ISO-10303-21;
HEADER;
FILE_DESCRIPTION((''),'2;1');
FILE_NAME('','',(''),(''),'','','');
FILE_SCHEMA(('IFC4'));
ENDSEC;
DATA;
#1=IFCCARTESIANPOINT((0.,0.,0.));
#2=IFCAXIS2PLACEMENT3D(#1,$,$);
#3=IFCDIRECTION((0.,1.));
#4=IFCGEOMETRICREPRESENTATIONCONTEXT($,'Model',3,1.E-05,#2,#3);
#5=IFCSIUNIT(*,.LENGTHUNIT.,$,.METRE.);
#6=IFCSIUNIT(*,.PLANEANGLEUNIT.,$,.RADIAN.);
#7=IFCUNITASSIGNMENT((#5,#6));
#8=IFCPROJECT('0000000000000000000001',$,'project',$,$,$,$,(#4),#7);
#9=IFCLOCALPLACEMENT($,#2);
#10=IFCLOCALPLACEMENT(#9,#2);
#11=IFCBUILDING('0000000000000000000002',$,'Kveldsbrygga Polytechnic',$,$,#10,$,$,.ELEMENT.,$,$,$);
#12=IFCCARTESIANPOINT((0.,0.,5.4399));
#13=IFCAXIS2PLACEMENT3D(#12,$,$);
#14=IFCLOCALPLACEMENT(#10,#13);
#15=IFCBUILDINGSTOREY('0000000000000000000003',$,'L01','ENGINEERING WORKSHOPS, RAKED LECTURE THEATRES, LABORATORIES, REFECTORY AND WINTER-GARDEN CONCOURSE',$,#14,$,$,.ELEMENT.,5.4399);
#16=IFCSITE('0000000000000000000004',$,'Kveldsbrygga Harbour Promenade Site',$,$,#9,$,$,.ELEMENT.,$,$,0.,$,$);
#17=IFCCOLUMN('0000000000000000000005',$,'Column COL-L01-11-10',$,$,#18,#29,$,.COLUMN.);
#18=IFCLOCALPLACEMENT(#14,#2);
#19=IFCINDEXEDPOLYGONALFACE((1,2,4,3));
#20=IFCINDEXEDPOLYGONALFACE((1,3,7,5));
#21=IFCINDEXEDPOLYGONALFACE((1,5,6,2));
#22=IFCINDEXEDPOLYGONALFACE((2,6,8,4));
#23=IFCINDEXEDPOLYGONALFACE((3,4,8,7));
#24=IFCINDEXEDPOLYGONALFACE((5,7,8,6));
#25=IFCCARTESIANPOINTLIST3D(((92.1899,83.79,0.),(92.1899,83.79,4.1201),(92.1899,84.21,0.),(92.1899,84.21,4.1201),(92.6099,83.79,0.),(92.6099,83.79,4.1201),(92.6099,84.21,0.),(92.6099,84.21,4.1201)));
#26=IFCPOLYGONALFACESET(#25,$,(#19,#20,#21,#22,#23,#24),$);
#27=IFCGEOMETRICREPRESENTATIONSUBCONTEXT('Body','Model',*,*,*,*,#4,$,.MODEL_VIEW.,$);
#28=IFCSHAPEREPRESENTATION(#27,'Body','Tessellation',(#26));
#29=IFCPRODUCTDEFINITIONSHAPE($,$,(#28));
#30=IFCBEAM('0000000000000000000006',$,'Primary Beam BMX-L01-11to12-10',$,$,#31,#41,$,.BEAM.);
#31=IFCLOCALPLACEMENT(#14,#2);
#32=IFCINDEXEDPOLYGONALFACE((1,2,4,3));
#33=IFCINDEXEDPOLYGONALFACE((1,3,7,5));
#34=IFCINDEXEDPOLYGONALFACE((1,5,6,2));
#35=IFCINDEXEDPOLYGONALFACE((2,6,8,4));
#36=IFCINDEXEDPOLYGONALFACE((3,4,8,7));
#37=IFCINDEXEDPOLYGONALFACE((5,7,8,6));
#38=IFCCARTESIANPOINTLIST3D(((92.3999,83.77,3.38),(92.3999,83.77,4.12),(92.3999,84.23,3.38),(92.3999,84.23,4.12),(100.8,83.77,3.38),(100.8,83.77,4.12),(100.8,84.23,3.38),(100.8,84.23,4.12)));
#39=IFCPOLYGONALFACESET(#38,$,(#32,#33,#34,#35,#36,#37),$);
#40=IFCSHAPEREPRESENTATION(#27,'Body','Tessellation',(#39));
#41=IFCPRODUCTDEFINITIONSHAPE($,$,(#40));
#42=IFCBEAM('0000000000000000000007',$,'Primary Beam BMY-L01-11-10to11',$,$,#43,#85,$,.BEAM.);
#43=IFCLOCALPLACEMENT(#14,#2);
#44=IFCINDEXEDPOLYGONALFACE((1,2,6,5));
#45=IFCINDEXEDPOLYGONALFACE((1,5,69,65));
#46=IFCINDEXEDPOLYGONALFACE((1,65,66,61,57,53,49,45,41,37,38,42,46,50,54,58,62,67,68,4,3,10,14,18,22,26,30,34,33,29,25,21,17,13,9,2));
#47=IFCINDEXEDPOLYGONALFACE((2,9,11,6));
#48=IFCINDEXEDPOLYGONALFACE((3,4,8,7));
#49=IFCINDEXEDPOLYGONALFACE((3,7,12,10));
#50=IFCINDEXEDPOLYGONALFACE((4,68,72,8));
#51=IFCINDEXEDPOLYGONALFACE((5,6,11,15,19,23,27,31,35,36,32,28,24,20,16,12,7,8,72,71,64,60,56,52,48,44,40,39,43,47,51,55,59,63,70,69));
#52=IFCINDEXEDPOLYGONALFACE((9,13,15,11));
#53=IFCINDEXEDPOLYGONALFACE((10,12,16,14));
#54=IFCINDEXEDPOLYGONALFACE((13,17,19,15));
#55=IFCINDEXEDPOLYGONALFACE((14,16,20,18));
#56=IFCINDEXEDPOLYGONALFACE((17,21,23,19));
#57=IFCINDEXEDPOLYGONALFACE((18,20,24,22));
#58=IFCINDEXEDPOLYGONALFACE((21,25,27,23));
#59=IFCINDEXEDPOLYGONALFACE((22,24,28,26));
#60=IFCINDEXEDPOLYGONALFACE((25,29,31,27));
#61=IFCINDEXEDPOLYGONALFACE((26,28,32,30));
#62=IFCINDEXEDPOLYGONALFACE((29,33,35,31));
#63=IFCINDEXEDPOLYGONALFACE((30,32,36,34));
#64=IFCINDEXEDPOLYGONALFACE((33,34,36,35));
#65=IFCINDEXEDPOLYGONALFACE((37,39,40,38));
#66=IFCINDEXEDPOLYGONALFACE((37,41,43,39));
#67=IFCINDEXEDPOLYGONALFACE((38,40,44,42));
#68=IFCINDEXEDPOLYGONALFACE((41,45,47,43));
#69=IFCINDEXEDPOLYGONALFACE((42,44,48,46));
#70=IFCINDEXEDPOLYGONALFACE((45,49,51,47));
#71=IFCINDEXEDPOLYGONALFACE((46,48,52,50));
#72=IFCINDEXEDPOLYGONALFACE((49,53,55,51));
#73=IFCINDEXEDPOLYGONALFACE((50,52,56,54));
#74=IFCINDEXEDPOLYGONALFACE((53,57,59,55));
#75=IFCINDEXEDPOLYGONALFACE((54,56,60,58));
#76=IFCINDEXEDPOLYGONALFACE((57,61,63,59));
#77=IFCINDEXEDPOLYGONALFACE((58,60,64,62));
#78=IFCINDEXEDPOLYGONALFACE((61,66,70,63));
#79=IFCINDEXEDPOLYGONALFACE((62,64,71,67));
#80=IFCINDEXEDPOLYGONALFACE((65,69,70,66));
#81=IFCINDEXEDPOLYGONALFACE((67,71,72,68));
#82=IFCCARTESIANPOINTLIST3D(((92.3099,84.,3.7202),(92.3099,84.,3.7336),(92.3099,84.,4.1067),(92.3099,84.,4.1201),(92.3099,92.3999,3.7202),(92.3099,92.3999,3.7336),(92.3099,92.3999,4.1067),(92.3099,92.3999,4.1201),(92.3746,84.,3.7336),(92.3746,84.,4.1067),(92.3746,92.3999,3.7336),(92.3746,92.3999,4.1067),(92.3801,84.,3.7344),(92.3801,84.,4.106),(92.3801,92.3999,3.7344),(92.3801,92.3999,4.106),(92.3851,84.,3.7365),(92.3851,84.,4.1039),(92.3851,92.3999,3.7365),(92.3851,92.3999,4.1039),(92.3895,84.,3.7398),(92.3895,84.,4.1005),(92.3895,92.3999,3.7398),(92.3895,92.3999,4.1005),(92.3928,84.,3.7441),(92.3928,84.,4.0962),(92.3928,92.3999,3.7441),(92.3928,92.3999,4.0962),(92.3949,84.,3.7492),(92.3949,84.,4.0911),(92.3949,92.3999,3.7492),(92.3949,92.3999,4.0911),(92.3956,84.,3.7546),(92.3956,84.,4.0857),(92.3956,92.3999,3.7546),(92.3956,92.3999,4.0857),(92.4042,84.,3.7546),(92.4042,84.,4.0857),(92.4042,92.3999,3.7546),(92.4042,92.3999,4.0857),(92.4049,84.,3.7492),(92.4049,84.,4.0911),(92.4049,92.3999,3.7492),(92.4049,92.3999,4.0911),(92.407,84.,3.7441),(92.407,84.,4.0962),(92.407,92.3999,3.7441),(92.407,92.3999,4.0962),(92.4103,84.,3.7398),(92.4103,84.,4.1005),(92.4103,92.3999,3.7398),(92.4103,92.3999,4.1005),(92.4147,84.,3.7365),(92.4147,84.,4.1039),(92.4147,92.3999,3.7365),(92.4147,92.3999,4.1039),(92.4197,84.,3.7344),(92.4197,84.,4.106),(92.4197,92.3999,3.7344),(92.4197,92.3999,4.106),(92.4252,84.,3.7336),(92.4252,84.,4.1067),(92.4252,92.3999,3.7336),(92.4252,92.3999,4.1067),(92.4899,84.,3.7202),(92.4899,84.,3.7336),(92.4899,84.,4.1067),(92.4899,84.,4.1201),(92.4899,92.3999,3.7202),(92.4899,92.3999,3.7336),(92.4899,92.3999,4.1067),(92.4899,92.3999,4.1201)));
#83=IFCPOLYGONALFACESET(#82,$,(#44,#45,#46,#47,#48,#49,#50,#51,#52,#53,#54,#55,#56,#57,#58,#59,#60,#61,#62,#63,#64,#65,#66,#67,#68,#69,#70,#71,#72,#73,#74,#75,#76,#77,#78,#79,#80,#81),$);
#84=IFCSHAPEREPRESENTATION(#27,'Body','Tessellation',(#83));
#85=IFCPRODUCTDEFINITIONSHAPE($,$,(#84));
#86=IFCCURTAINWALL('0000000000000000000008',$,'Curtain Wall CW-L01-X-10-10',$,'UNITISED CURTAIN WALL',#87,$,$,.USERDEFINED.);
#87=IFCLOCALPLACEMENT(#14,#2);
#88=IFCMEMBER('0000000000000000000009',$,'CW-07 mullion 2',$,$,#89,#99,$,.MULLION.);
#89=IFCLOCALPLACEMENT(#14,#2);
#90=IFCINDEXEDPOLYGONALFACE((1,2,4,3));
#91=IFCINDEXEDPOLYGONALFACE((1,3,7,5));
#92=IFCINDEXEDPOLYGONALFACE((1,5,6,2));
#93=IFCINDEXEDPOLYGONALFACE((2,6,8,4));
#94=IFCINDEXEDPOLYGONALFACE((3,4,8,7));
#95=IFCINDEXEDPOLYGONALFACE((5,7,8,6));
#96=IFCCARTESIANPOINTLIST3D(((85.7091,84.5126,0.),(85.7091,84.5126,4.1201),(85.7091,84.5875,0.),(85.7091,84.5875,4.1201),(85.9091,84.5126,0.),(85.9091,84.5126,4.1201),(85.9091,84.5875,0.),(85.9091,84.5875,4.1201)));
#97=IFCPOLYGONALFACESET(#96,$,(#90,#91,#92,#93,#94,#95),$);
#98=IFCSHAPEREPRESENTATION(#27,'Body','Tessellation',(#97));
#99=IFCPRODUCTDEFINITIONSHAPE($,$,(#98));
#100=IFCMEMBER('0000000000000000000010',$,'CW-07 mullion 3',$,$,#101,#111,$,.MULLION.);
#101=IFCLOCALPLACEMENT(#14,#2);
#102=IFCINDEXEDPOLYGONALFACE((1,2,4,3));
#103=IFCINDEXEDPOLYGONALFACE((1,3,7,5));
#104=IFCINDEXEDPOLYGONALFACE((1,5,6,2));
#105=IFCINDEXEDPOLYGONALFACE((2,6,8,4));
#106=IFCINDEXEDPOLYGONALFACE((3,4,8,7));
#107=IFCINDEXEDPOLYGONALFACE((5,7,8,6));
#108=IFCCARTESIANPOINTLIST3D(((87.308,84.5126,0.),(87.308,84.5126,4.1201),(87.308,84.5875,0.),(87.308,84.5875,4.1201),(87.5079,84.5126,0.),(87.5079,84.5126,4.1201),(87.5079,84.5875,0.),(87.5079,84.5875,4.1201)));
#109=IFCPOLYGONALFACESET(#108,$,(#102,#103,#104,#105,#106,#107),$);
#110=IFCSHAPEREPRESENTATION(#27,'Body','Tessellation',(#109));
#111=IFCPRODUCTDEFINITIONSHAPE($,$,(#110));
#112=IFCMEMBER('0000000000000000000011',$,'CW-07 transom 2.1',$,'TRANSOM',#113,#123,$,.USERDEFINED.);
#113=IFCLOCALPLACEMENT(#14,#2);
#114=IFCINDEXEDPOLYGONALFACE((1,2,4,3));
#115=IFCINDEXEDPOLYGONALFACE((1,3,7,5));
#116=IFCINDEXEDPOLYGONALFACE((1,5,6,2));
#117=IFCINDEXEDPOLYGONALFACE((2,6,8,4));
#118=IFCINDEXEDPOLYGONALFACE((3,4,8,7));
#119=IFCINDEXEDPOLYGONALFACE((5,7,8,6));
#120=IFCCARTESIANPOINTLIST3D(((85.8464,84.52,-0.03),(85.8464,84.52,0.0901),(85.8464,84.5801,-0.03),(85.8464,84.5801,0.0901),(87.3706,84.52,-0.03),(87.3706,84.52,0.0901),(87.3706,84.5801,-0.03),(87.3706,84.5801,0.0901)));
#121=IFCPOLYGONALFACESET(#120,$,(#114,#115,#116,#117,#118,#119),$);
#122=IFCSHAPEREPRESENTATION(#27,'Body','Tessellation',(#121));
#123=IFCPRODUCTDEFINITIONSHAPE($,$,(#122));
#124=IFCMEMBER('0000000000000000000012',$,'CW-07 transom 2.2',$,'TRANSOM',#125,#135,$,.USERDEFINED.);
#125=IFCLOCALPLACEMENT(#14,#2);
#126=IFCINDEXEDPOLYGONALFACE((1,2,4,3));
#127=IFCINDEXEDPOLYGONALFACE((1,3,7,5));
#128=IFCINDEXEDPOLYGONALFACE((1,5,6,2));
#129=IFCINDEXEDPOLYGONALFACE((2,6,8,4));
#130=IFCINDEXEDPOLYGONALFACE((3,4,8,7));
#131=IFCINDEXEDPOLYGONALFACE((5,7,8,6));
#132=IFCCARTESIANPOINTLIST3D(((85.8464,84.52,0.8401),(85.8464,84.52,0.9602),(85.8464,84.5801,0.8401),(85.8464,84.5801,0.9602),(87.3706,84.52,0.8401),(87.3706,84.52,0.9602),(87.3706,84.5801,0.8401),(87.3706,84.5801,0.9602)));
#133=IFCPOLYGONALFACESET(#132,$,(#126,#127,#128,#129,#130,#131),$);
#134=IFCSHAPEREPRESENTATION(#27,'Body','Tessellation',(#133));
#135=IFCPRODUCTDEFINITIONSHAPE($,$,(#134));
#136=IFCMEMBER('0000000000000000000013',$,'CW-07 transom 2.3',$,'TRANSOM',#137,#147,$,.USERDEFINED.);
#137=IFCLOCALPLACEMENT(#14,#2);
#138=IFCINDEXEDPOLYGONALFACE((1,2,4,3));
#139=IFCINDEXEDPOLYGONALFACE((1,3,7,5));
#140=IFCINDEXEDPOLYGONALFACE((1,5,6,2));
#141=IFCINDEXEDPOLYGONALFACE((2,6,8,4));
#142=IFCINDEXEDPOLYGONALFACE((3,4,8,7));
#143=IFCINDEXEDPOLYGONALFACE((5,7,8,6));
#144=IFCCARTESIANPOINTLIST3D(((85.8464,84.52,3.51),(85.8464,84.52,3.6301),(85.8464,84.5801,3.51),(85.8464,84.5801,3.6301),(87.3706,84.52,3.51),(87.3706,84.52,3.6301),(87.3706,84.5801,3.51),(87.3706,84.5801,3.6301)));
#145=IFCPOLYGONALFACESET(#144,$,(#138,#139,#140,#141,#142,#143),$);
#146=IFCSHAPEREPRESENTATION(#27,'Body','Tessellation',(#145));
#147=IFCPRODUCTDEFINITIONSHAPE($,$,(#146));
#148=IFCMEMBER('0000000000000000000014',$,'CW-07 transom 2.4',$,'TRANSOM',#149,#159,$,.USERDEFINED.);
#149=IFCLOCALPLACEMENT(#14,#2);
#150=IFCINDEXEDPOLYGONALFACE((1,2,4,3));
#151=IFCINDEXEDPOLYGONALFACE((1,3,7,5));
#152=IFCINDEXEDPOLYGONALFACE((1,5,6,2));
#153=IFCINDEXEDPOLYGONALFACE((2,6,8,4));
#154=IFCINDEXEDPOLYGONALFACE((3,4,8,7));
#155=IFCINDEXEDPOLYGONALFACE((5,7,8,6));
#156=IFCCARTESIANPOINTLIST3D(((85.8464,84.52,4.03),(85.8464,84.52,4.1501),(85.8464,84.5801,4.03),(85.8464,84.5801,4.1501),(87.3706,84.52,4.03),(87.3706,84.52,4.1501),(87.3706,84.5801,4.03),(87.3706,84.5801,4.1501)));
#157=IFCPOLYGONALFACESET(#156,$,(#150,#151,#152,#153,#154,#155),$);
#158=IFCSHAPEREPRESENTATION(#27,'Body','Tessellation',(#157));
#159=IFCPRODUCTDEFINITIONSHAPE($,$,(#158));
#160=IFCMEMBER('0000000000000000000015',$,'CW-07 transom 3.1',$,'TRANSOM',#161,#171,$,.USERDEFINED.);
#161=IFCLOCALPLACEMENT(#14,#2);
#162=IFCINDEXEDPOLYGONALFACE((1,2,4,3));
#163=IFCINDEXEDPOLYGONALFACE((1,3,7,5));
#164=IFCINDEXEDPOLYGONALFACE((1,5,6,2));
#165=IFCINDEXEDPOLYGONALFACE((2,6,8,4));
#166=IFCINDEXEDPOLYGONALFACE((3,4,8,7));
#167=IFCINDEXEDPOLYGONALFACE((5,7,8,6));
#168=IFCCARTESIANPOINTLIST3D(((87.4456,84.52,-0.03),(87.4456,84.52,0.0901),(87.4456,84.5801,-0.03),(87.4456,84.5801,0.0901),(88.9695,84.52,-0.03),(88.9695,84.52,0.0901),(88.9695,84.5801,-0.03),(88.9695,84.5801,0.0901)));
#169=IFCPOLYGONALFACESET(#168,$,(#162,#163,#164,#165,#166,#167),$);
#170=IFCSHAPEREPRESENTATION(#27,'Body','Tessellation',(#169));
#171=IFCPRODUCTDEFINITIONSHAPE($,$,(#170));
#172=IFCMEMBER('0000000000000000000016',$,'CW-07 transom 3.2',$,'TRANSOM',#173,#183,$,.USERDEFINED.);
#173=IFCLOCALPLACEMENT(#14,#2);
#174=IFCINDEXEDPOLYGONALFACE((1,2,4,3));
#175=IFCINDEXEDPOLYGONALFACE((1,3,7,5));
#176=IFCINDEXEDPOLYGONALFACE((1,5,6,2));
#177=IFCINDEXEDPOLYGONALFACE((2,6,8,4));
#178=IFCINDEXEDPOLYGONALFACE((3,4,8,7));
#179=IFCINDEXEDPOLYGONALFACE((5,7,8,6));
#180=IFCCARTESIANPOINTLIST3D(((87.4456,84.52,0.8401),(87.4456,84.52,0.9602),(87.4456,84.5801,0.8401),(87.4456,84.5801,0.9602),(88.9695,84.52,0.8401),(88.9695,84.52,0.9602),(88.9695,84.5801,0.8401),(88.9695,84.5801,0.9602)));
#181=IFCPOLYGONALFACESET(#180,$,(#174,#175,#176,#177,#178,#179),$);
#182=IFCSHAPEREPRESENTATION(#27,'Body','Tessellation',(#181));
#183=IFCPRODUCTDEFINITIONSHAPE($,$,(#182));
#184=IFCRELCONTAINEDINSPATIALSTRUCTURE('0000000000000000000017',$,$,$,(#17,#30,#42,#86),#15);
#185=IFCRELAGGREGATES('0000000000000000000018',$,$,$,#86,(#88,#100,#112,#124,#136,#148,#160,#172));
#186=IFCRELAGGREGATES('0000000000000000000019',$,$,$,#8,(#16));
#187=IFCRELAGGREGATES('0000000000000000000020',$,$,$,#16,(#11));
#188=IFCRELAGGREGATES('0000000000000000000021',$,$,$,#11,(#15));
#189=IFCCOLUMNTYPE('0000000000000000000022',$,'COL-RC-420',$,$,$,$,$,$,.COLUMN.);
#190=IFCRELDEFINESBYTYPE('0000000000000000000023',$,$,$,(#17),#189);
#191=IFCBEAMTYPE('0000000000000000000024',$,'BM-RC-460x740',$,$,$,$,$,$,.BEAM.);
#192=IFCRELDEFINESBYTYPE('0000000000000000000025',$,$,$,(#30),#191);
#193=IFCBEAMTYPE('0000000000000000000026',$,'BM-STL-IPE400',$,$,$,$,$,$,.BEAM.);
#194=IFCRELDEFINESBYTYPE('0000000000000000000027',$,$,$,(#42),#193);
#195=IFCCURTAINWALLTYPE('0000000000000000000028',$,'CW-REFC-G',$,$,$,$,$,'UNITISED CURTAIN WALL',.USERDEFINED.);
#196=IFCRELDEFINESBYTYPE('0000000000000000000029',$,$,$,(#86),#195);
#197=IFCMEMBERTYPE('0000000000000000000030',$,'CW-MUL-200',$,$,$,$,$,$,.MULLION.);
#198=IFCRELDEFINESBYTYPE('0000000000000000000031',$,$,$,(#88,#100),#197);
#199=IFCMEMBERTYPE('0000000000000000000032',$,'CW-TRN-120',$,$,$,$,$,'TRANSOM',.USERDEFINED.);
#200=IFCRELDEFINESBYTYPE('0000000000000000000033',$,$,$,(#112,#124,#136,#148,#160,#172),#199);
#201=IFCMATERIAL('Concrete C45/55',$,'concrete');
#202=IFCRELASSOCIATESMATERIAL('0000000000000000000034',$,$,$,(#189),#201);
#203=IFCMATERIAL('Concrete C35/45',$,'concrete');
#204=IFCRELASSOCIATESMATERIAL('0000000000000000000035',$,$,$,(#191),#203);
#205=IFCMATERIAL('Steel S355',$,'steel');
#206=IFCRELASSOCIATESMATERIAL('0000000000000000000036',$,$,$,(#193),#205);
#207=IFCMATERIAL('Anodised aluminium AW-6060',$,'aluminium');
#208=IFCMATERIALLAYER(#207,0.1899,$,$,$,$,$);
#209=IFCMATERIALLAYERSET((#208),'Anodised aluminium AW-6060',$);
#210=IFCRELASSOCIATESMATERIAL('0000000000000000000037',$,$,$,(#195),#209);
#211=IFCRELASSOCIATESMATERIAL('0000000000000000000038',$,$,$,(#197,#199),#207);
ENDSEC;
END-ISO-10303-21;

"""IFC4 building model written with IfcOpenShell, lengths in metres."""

from ifc_helpers import new_model, si_unit, direction, frame, origin, origin_2d, place, context, subcontext, project, spatial, rectangle, i_section, extrude, material, layer, layer_set, material_profile, profile_set, type_object, element, aggregate, save


model = new_model("IFC4")

# Units and contexts
model_context = context("Model", 3, precision=1e-05, world=origin(), true_north=direction((0.0, 1.0)))
body_context = subcontext(model_context, "Body", "Model", "MODEL_VIEW")
ifc_project = project(units=[si_unit("LENGTHUNIT", "METRE"), si_unit("PLANEANGLEUNIT", "RADIAN")], contexts=[model_context])

# Site, building, storey
site_placement = place(None, origin())
site = spatial("IfcSite", under=ifc_project, at=site_placement, Name="Kveldsbrygga Harbour Promenade Site", CompositionType="ELEMENT", RefElevation=0.0)
building_placement = place(site_placement, origin())
building = spatial("IfcBuilding", under=site, at=building_placement, Name="Kveldsbrygga Polytechnic", CompositionType="ELEMENT")
storey_placement = place(building_placement, frame((0.0, 0.0, 5.4399)))
storey = spatial("IfcBuildingStorey", under=building, at=storey_placement, Name="L01", Description="ENGINEERING WORKSHOPS, RAKED LECTURE THEATRES, LABORATORIES, REFECTORY AND WINTER-GARDEN CONCOURSE", CompositionType="ELEMENT", Elevation=5.4399)

# Column
ifc_material_1 = material(Name="Concrete C45/55", Category="concrete")
ifc_material_profile_1 = material_profile(ifc_material_1, rectangle(XDim=0.4199, YDim=0.4199, at=origin_2d()), Name="RC 420x420")
ifc_profile_set_1 = profile_set([ifc_material_profile_1], Name="Concrete C45/55")
column_type = type_object("IfcColumnType", Name="COL-RC-420", PredefinedType="COLUMN", material=ifc_profile_set_1)
column_placement = place(storey_placement, frame((92.3999, 84.0, 0.0), z_axis=(0.0, 0.0, 1.0), x_axis=(1.0, 0.0, 0.0)))
element("IfcColumn", 1, at=column_placement, inside=storey, type_object=column_type, Name="Column COL-L01-11-10", PredefinedType="COLUMN", context=body_context, shape_type="SweptSolid", body=[
    extrude(rectangle(XDim=0.4199, YDim=0.4199, at=origin_2d()), origin(), (0.0, 0.0, 1.0), 4.1201),
])

# Beams
ifc_material_2 = material(Name="Concrete C35/45", Category="concrete")
ifc_material_profile_2 = material_profile(ifc_material_2, rectangle(XDim=0.46, YDim=0.74, at=origin_2d()), Name="RC 460x740")
ifc_profile_set_2 = profile_set([ifc_material_profile_2], Name="Concrete C35/45")
beam_type_1 = type_object("IfcBeamType", Name="BM-RC-460x740", PredefinedType="BEAM", material=ifc_profile_set_2)
beam_1_placement = place(storey_placement, frame((92.3999, 84.0, 3.75), z_axis=(1.0, 0.0, 0.0), x_axis=(0.0, 1.0, 0.0)))
element("IfcBeam", 2, at=beam_1_placement, inside=storey, type_object=beam_type_1, Name="Primary Beam BMX-L01-11to12-10", PredefinedType="BEAM", context=body_context, shape_type="SweptSolid", body=[
    extrude(rectangle(XDim=0.46, YDim=0.74, at=origin_2d()), origin(), (0.0, 0.0, 1.0), 8.4001),
])
ifc_material_3 = material(Name="Steel S355", Category="steel")
ifc_material_profile_3 = material_profile(ifc_material_3, i_section(OverallWidth=0.1799, OverallDepth=0.3999, WebThickness=0.0085, FlangeThickness=0.0134, FilletRadius=0.021, at=origin_2d()), Name="IPE 400")
ifc_profile_set_3 = profile_set([ifc_material_profile_3], Name="Steel S355")
beam_type_2 = type_object("IfcBeamType", Name="BM-STL-IPE400", PredefinedType="BEAM", material=ifc_profile_set_3)
beam_2_placement = place(storey_placement, frame((92.3999, 84.0, 3.9202), z_axis=(0.0, 1.0, 0.0), x_axis=(-1.0, 0.0, 0.0)))
element("IfcBeam", 3, at=beam_2_placement, inside=storey, type_object=beam_type_2, Name="Primary Beam BMY-L01-11-10to11", PredefinedType="BEAM", context=body_context, shape_type="SweptSolid", body=[
    extrude(i_section(OverallWidth=0.1799, OverallDepth=0.3999, WebThickness=0.0085, FlangeThickness=0.0134, FilletRadius=0.021, at=origin_2d()), origin(), (0.0, 0.0, 1.0), 8.3999),
])

# Curtain wall, members
ifc_material_4 = material(Name="Anodised aluminium AW-6060", Category="aluminium")
ifc_layer_1 = layer(ifc_material_4, 0.1899)
ifc_layer_set_1 = layer_set([ifc_layer_1], Name="Anodised aluminium AW-6060")
curtain_wall_type = type_object("IfcCurtainWallType", Name="CW-REFC-G", ElementType="UNITISED CURTAIN WALL", PredefinedType="USERDEFINED", material=ifc_layer_set_1)
curtain_wall_placement = place(storey_placement, origin())
curtain_wall = element("IfcCurtainWall", 4, at=curtain_wall_placement, inside=storey, type_object=curtain_wall_type, Name="Curtain Wall CW-L01-X-10-10", ObjectType="UNITISED CURTAIN WALL", PredefinedType="USERDEFINED")
ifc_material_profile_4 = material_profile(ifc_material_4, rectangle(XDim=0.075, YDim=0.2, at=origin_2d()), Name="ALU 75x200")
ifc_profile_set_4 = profile_set([ifc_material_profile_4], Name="Anodised aluminium AW-6060")
member_type_1 = type_object("IfcMemberType", Name="CW-MUL-200", PredefinedType="MULLION", material=ifc_profile_set_4)
member_1_placement = place(storey_placement, frame((85.8091, 84.55, 0.0), z_axis=(0.0, 0.0, 1.0), x_axis=(0.0, 1.0, 0.0)))
member_1 = element("IfcMember", 5, at=member_1_placement, type_object=member_type_1, Name="CW-07 mullion 2", PredefinedType="MULLION", context=body_context, shape_type="SweptSolid", body=[
    extrude(rectangle(XDim=0.075, YDim=0.2, at=origin_2d()), origin(), (0.0, 0.0, 1.0), 4.1201),
])
member_2_placement = place(storey_placement, frame((87.408, 84.55, 0.0), z_axis=(0.0, 0.0, 1.0), x_axis=(0.0, 1.0, 0.0)))
member_2 = element("IfcMember", 6, at=member_2_placement, type_object=member_type_1, Name="CW-07 mullion 3", PredefinedType="MULLION", context=body_context, shape_type="SweptSolid", body=[
    extrude(rectangle(XDim=0.075, YDim=0.2, at=origin_2d()), origin(), (0.0, 0.0, 1.0), 4.1201),
])
ifc_material_profile_5 = material_profile(ifc_material_4, rectangle(XDim=0.0601, YDim=0.1201, at=origin_2d()), Name="ALU 60x120")
ifc_profile_set_5 = profile_set([ifc_material_profile_5], Name="Anodised aluminium AW-6060")
member_type_2 = type_object("IfcMemberType", Name="CW-TRN-120", ElementType="TRANSOM", PredefinedType="USERDEFINED", material=ifc_profile_set_5)
member_3_placement = place(storey_placement, frame((85.8464, 84.55, 0.03), z_axis=(1.0, 0.0, 0.0), x_axis=(0.0, 1.0, 0.0)))
member_3 = element("IfcMember", 7, at=member_3_placement, type_object=member_type_2, Name="CW-07 transom 2.1", ObjectType="TRANSOM", PredefinedType="USERDEFINED", context=body_context, shape_type="SweptSolid", body=[
    extrude(rectangle(XDim=0.0601, YDim=0.1201, at=origin_2d()), origin(), (0.0, 0.0, 1.0), 1.5242),
])
member_4_placement = place(storey_placement, frame((85.8464, 84.55, 0.9001), z_axis=(1.0, 0.0, 0.0), x_axis=(0.0, 1.0, 0.0)))
member_4 = element("IfcMember", 8, at=member_4_placement, type_object=member_type_2, Name="CW-07 transom 2.2", ObjectType="TRANSOM", PredefinedType="USERDEFINED", context=body_context, shape_type="SweptSolid", body=[
    extrude(rectangle(XDim=0.0601, YDim=0.1201, at=origin_2d()), origin(), (0.0, 0.0, 1.0), 1.5242),
])
member_5_placement = place(storey_placement, frame((85.8464, 84.55, 3.5701), z_axis=(1.0, 0.0, 0.0), x_axis=(0.0, 1.0, 0.0)))
member_5 = element("IfcMember", 9, at=member_5_placement, type_object=member_type_2, Name="CW-07 transom 2.3", ObjectType="TRANSOM", PredefinedType="USERDEFINED", context=body_context, shape_type="SweptSolid", body=[
    extrude(rectangle(XDim=0.0601, YDim=0.1201, at=origin_2d()), origin(), (0.0, 0.0, 1.0), 1.5242),
])
member_6_placement = place(storey_placement, frame((85.8464, 84.55, 4.0901), z_axis=(1.0, 0.0, 0.0), x_axis=(0.0, 1.0, 0.0)))
member_6 = element("IfcMember", 10, at=member_6_placement, type_object=member_type_2, Name="CW-07 transom 2.4", ObjectType="TRANSOM", PredefinedType="USERDEFINED", context=body_context, shape_type="SweptSolid", body=[
    extrude(rectangle(XDim=0.0601, YDim=0.1201, at=origin_2d()), origin(), (0.0, 0.0, 1.0), 1.5242),
])
member_7_placement = place(storey_placement, frame((87.4456, 84.55, 0.03), z_axis=(1.0, 0.0, 0.0), x_axis=(0.0, 1.0, 0.0)))
member_7 = element("IfcMember", 11, at=member_7_placement, type_object=member_type_2, Name="CW-07 transom 3.1", ObjectType="TRANSOM", PredefinedType="USERDEFINED", context=body_context, shape_type="SweptSolid", body=[
    extrude(rectangle(XDim=0.0601, YDim=0.1201, at=origin_2d()), origin(), (0.0, 0.0, 1.0), 1.5239),
])
member_8_placement = place(storey_placement, frame((87.4456, 84.55, 0.9001), z_axis=(1.0, 0.0, 0.0), x_axis=(0.0, 1.0, 0.0)))
member_8 = element("IfcMember", 12, at=member_8_placement, type_object=member_type_2, Name="CW-07 transom 3.2", ObjectType="TRANSOM", PredefinedType="USERDEFINED", context=body_context, shape_type="SweptSolid", body=[
    extrude(rectangle(XDim=0.0601, YDim=0.1201, at=origin_2d()), origin(), (0.0, 0.0, 1.0), 1.5239),
])
aggregate(curtain_wall, [member_1, member_2, member_3, member_4, member_5, member_6, member_7, member_8])

save(model, "model.ifc")
